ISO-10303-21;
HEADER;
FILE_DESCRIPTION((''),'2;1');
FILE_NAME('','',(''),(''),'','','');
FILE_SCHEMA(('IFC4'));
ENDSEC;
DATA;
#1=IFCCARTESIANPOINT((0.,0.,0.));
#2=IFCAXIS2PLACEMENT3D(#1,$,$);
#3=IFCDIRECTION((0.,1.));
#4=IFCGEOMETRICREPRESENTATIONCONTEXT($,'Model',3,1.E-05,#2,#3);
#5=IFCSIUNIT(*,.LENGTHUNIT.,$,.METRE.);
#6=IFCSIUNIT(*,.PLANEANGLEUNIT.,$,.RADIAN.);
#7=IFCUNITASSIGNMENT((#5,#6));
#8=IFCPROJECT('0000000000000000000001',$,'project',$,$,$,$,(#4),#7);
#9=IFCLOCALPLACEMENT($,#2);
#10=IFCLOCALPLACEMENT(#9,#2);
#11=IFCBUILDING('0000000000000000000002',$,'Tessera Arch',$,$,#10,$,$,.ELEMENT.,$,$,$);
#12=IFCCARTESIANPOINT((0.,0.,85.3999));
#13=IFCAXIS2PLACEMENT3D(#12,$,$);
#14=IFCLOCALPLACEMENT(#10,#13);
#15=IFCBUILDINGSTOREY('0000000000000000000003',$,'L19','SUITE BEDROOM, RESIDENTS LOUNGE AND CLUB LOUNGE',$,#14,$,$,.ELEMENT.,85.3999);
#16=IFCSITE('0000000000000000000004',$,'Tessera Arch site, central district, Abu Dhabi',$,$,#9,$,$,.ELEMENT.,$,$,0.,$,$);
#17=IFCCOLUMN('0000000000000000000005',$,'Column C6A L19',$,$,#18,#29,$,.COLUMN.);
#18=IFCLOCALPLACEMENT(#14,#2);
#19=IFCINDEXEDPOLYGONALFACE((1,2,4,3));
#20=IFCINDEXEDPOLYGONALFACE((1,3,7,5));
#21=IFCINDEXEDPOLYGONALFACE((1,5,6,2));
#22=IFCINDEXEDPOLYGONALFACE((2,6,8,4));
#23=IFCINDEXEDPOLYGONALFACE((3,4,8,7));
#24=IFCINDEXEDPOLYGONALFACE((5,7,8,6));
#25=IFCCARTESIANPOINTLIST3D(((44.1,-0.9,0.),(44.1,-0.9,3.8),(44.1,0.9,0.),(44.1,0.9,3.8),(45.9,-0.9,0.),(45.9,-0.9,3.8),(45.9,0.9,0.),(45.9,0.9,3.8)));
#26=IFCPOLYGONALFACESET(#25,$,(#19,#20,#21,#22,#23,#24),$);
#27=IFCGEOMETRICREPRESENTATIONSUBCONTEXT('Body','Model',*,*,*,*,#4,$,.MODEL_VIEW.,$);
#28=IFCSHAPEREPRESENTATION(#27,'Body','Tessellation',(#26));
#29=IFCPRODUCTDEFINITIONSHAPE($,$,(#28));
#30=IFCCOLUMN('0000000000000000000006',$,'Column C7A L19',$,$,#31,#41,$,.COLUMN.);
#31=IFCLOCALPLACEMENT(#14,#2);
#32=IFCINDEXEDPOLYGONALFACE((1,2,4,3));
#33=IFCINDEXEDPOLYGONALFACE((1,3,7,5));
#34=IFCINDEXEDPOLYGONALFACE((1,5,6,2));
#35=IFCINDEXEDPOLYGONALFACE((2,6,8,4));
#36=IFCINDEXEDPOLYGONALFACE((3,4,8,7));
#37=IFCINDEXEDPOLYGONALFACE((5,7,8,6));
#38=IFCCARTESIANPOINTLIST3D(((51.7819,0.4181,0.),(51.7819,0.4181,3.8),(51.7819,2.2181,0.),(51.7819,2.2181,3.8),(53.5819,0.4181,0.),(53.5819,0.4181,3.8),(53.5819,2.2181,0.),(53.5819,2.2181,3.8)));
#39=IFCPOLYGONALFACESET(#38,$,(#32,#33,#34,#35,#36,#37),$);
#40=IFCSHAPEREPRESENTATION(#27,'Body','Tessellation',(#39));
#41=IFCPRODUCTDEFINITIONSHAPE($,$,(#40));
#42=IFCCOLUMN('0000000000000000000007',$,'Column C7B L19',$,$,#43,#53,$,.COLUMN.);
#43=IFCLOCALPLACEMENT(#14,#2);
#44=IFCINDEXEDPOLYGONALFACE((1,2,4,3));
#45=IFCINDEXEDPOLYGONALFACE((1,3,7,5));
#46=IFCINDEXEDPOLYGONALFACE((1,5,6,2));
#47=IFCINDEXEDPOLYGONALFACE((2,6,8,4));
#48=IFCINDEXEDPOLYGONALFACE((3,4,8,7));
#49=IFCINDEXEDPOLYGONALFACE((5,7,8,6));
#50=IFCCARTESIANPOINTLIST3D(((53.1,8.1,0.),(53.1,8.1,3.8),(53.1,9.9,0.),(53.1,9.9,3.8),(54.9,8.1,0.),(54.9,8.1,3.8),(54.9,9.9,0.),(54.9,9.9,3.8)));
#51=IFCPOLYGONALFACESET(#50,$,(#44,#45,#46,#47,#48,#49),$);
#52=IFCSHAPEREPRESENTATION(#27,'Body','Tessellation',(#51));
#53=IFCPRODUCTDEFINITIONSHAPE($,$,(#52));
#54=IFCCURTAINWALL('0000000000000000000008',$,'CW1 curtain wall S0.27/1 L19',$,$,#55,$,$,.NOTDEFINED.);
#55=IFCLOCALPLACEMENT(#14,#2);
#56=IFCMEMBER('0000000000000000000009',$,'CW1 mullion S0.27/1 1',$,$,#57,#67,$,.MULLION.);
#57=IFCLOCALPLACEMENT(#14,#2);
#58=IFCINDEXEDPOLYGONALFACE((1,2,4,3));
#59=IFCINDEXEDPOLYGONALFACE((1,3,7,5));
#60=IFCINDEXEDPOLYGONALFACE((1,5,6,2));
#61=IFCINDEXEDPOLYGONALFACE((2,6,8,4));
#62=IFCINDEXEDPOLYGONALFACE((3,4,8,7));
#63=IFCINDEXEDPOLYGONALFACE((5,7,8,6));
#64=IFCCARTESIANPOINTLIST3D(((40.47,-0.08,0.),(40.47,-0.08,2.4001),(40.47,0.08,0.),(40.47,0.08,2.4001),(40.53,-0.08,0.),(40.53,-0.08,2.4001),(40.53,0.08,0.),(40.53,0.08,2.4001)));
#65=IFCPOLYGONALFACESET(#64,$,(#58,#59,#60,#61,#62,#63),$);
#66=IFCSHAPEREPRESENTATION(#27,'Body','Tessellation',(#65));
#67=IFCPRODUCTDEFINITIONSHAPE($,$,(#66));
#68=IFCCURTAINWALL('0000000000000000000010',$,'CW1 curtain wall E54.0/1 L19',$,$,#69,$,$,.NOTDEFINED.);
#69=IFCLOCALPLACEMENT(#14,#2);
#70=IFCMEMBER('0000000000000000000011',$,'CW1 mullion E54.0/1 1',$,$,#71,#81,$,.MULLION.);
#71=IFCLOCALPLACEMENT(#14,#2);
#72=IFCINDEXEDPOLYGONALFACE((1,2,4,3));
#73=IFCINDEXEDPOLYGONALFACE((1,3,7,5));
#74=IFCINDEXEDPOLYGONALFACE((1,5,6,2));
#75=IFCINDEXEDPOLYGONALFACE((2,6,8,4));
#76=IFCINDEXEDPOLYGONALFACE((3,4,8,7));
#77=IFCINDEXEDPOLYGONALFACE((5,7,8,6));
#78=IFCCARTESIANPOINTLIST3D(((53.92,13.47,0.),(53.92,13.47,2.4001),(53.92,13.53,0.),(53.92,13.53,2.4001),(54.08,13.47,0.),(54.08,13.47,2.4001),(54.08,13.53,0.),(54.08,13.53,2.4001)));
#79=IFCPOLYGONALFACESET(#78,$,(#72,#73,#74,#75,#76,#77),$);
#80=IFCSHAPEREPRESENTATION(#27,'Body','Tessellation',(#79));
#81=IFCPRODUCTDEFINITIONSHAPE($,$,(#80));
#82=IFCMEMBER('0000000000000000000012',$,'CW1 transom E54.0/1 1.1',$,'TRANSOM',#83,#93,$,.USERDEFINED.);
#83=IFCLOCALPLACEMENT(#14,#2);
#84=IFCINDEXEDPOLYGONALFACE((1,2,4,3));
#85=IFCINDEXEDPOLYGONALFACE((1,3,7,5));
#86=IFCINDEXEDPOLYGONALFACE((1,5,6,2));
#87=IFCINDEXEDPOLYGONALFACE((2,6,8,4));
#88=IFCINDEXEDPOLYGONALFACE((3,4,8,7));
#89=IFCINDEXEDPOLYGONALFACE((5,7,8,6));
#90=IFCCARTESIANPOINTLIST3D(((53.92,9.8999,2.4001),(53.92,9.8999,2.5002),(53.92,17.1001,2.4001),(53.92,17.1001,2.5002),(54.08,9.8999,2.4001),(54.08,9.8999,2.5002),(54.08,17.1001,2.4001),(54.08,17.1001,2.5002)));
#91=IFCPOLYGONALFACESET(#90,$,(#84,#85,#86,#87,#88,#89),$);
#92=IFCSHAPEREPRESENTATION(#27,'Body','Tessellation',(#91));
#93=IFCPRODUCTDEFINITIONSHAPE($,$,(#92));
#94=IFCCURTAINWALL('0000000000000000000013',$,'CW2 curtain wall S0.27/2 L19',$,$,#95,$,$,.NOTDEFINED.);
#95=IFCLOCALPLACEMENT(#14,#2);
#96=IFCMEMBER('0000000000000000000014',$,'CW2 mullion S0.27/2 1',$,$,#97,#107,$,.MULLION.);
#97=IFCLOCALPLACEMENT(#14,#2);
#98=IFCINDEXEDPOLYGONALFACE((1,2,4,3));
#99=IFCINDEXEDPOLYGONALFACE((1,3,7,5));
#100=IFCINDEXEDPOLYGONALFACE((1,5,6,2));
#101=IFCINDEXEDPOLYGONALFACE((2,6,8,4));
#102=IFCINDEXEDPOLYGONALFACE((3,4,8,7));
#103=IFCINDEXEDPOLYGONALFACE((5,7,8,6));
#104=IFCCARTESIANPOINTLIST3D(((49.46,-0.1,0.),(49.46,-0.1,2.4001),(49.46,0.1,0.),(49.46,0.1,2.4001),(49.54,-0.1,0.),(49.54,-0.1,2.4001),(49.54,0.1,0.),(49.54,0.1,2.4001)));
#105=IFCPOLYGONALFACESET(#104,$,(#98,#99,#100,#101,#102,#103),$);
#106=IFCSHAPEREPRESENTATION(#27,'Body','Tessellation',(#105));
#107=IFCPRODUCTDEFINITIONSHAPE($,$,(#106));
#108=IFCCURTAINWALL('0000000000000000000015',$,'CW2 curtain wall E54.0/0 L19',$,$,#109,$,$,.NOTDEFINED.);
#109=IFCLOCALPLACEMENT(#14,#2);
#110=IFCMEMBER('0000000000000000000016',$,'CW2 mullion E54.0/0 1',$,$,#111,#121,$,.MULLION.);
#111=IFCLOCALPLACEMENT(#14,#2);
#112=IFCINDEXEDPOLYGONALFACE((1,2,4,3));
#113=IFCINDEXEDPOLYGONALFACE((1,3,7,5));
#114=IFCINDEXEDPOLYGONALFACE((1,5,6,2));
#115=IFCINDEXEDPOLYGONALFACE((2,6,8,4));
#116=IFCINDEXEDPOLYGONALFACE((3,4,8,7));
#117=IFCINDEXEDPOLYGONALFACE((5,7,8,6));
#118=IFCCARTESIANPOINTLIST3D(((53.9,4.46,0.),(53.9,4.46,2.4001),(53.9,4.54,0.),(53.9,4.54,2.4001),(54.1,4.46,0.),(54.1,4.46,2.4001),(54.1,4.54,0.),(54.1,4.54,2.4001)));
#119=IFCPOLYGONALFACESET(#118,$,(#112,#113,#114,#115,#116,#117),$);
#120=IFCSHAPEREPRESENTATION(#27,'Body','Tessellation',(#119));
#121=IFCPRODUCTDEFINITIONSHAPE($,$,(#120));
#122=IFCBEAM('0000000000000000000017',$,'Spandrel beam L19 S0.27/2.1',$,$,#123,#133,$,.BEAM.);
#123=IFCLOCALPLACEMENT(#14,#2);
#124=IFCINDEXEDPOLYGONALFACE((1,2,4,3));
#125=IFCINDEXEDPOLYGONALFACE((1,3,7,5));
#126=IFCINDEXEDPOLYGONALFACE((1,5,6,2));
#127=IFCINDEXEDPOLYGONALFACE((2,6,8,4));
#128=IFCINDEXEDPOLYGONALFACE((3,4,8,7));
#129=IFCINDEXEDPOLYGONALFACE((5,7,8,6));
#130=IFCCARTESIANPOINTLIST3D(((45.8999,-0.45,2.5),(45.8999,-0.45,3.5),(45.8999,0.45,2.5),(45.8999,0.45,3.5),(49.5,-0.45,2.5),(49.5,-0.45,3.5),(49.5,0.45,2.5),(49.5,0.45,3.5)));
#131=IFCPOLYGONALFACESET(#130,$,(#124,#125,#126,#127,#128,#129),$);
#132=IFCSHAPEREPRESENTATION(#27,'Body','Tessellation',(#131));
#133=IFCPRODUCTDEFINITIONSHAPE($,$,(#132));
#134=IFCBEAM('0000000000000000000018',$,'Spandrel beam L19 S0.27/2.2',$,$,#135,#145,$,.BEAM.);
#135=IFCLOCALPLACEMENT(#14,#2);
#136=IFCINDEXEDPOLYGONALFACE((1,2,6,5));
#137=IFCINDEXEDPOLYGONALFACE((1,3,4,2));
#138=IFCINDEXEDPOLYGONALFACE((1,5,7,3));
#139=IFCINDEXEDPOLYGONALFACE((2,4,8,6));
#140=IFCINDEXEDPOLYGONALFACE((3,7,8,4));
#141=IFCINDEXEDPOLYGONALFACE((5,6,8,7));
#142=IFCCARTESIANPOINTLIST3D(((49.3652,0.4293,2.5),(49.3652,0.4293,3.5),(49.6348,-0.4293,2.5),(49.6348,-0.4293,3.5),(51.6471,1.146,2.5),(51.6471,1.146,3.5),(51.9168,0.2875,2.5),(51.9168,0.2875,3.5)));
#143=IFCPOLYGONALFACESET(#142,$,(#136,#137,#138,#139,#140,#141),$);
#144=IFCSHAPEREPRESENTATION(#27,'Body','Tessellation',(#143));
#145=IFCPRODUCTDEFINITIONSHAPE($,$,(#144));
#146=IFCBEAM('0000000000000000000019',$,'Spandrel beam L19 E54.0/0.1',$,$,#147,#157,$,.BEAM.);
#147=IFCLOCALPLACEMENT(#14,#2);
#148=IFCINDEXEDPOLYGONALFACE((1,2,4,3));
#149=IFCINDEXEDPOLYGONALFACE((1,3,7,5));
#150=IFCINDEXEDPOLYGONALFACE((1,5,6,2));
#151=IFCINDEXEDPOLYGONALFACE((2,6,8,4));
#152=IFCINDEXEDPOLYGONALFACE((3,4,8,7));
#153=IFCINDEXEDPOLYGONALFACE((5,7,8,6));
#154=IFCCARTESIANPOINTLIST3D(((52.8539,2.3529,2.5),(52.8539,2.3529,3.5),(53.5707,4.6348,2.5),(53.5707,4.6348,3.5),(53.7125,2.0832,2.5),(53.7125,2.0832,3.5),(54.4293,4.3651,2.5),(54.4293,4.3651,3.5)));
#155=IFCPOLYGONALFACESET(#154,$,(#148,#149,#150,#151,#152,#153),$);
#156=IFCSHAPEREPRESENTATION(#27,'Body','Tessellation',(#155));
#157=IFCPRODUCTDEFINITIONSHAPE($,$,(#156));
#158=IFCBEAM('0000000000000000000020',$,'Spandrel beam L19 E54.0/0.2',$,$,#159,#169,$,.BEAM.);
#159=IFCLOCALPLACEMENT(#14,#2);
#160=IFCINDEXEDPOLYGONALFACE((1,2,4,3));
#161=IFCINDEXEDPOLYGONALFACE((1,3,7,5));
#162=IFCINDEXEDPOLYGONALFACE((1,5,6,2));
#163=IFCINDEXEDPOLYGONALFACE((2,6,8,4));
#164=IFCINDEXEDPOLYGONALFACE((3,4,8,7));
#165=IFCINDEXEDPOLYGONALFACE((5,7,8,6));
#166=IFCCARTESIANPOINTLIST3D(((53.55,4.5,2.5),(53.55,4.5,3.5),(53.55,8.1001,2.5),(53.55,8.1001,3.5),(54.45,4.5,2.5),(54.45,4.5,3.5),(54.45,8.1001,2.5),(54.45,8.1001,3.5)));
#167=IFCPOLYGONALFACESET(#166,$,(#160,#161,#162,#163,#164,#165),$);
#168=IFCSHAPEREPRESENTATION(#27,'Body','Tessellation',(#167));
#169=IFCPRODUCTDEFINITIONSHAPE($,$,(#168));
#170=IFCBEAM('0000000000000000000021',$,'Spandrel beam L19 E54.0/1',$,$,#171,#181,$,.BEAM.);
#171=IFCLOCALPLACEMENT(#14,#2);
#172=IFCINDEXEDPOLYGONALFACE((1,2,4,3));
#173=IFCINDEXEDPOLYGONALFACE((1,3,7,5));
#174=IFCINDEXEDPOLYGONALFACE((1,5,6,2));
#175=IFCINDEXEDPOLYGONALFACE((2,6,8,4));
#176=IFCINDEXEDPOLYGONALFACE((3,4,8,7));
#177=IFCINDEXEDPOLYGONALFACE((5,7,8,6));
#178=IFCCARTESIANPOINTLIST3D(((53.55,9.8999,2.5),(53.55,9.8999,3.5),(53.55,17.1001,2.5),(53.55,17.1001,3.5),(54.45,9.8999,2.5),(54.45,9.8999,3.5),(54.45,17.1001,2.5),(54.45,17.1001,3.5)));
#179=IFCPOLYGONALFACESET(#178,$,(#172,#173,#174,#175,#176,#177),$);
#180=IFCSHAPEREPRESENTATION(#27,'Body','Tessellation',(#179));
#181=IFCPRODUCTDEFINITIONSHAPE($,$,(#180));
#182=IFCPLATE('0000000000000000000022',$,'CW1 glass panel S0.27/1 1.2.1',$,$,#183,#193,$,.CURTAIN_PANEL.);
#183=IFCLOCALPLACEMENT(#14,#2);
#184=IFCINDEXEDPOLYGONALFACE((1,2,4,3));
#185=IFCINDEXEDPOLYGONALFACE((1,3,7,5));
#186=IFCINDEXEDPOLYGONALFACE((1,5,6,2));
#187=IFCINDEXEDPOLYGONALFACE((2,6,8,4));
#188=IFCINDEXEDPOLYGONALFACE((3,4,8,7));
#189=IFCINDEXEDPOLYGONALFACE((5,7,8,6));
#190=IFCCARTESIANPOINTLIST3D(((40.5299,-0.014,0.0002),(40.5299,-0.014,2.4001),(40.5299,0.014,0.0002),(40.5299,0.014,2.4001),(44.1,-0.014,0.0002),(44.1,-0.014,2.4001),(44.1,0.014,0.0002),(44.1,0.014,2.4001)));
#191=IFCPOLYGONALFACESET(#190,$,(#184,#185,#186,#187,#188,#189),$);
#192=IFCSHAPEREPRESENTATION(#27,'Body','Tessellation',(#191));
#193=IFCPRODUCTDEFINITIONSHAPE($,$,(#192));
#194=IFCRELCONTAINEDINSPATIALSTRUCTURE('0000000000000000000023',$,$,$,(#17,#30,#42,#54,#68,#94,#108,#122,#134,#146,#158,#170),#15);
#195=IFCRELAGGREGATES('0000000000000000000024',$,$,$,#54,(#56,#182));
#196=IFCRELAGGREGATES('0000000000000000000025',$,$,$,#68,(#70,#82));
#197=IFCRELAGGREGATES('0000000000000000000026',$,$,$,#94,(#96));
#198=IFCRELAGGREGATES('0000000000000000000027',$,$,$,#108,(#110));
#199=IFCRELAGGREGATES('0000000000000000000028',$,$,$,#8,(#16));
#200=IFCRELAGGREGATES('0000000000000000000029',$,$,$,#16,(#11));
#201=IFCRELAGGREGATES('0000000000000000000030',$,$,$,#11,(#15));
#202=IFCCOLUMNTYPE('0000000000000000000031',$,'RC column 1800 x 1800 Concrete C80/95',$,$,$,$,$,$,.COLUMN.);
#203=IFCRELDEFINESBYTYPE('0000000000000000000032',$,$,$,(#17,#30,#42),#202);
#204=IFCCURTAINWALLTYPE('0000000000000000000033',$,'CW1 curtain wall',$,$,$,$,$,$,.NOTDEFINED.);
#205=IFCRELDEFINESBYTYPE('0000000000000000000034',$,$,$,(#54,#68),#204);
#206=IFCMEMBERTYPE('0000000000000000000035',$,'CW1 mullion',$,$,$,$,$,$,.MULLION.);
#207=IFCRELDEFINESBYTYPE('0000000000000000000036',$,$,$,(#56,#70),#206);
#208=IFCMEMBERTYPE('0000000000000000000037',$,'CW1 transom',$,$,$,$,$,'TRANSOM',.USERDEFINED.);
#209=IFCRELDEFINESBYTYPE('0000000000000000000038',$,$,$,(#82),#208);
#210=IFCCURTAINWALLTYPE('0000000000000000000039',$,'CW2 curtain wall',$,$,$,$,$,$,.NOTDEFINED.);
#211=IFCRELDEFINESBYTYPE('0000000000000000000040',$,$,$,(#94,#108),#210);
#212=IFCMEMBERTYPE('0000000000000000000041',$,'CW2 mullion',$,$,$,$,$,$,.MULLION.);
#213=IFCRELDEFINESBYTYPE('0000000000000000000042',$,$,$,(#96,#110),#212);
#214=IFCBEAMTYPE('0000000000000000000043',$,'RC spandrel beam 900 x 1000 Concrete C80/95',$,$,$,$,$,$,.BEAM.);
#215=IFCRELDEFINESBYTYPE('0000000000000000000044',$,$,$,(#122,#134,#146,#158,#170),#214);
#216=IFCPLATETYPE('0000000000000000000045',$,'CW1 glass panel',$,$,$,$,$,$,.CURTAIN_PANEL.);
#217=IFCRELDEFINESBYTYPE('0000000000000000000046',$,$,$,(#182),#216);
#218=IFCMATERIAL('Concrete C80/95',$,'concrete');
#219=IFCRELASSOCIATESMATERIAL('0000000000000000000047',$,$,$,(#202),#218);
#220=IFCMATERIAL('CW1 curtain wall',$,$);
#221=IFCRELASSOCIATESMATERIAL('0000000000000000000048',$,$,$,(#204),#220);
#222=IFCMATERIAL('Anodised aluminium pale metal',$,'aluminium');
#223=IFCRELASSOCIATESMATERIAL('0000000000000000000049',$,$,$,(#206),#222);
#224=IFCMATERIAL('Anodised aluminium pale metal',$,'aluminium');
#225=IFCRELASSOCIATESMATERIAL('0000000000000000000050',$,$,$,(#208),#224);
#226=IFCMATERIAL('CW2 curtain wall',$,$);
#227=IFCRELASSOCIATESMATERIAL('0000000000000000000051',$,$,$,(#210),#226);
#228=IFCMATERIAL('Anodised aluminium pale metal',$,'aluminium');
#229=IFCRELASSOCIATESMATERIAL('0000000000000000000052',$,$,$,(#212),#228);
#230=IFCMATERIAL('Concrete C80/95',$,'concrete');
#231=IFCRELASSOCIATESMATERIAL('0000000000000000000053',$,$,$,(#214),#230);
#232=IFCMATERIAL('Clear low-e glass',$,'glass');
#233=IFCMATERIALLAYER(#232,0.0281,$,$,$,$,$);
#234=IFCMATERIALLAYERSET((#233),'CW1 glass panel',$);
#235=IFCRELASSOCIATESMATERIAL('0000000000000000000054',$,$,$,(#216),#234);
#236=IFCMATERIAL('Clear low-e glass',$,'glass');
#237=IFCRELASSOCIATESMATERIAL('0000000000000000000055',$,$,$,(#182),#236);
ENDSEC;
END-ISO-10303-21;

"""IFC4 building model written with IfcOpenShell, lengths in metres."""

from ifc_helpers import new_model, si_unit, direction, frame, origin, origin_2d, place, context, subcontext, project, spatial, rectangle, extrude, material, layer, layer_set, material_profile, profile_set, type_object, element, aggregate, save


model = new_model("IFC4")

# Units and contexts
model_context = context("Model", 3, precision=1e-05, world=origin(), true_north=direction((0.0, 1.0)))
body_context = subcontext(model_context, "Body", "Model", "MODEL_VIEW")
ifc_project = project(units=[si_unit("LENGTHUNIT", "METRE"), si_unit("PLANEANGLEUNIT", "RADIAN")], contexts=[model_context])

# Site, building, storey
site_placement = place(None, origin())
site = spatial("IfcSite", under=ifc_project, at=site_placement, Name="Tessera Arch site, central district, Abu Dhabi", CompositionType="ELEMENT", RefElevation=0.0)
building_placement = place(site_placement, origin())
building = spatial("IfcBuilding", under=site, at=building_placement, Name="Tessera Arch", CompositionType="ELEMENT")
storey_placement = place(building_placement, frame((0.0, 0.0, 85.3999)))
storey = spatial("IfcBuildingStorey", under=building, at=storey_placement, Name="L19", Description="SUITE BEDROOM, RESIDENTS LOUNGE AND CLUB LOUNGE", CompositionType="ELEMENT", Elevation=85.3999)

# Columns
ifc_material_1 = material(Name="Concrete C80/95", Category="concrete")
ifc_material_profile_1 = material_profile(ifc_material_1, rectangle(XDim=1.8, YDim=1.8, at=origin_2d()), Name="RC column 1800 x 1800 Concrete C80/95")
ifc_profile_set_1 = profile_set([ifc_material_profile_1], Name="Concrete C80/95")
column_type = type_object("IfcColumnType", Name="RC column 1800 x 1800 Concrete C80/95", PredefinedType="COLUMN", material=ifc_profile_set_1)
for number, where, z_axis, x_axis, name in (
    (1, (45.0, 0.0, 0.0), (0.0, 0.0, 1.0), (1.0, 0.0, 0.0), "Column C6A L19"),
    (2, (52.6819, 1.3181, 0.0), (0.0, 0.0, 1.0), (1.0, 0.0, 0.0), "Column C7A L19"),
    (3, (54.0, 9.0, 0.0), (0.0, 0.0, 1.0), (1.0, 0.0, 0.0), "Column C7B L19"),
):
    element("IfcColumn", number, at=place(storey_placement, frame(where, z_axis=z_axis, x_axis=x_axis)), inside=storey, type_object=column_type, Name=name, PredefinedType="COLUMN", context=body_context, shape_type="SweptSolid", body=[
        extrude(rectangle(XDim=1.8, YDim=1.8, at=origin_2d()), origin(), (0.0, 0.0, 1.0), 3.8),
    ])

# Curtain wall, member
ifc_material_2 = material(Name="CW1 curtain wall")
curtain_wall_type_1 = type_object("IfcCurtainWallType", Name="CW1 curtain wall", PredefinedType="NOTDEFINED", material=ifc_material_2)
curtain_wall_1_placement = place(storey_placement, origin())
curtain_wall_1 = element("IfcCurtainWall", 4, at=curtain_wall_1_placement, inside=storey, type_object=curtain_wall_type_1, Name="CW1 curtain wall S0.27/1 L19", PredefinedType="NOTDEFINED")
ifc_material_3 = material(Name="Anodised aluminium pale metal", Category="aluminium")
ifc_material_profile_2 = material_profile(ifc_material_3, rectangle(XDim=0.1599, YDim=0.0601, at=origin_2d()), Name="AL 60x160")
ifc_profile_set_2 = profile_set([ifc_material_profile_2], Name="Anodised aluminium pale metal")
member_type_1 = type_object("IfcMemberType", Name="CW1 mullion", PredefinedType="MULLION", material=ifc_profile_set_2)
member_1_placement = place(storey_placement, frame((40.5, 0.0, 0.0), z_axis=(0.0, 0.0, 1.0), x_axis=(0.0, 1.0, 0.0)))
member_1 = element("IfcMember", 5, at=member_1_placement, type_object=member_type_1, Name="CW1 mullion S0.27/1 1", PredefinedType="MULLION", context=body_context, shape_type="SweptSolid", body=[
    extrude(rectangle(XDim=0.1599, YDim=0.0601, at=origin_2d()), origin(), (0.0, 0.0, 1.0), 2.4001),
])

# Curtain wall, members
curtain_wall_2_placement = place(storey_placement, origin())
curtain_wall_2 = element("IfcCurtainWall", 6, at=curtain_wall_2_placement, inside=storey, type_object=curtain_wall_type_1, Name="CW1 curtain wall E54.0/1 L19", PredefinedType="NOTDEFINED")
member_2_placement = place(storey_placement, frame((54.0, 13.5, 0.0), z_axis=(0.0, 0.0, 1.0), x_axis=(-1.0, 0.0, 0.0)))
member_2 = element("IfcMember", 7, at=member_2_placement, type_object=member_type_1, Name="CW1 mullion E54.0/1 1", PredefinedType="MULLION", context=body_context, shape_type="SweptSolid", body=[
    extrude(rectangle(XDim=0.1599, YDim=0.0601, at=origin_2d()), origin(), (0.0, 0.0, 1.0), 2.4001),
])
ifc_material_4 = material(Name="Anodised aluminium pale metal", Category="aluminium")
ifc_material_profile_3 = material_profile(ifc_material_4, rectangle(XDim=0.1599, YDim=0.1001, at=origin_2d()), Name="AL 160x100")
ifc_profile_set_3 = profile_set([ifc_material_profile_3], Name="Anodised aluminium pale metal")
member_type_2 = type_object("IfcMemberType", Name="CW1 transom", ElementType="TRANSOM", PredefinedType="USERDEFINED", material=ifc_profile_set_3)
member_3_placement = place(storey_placement, frame((54.0, 9.8999, 2.4502), z_axis=(0.0, 1.0, 0.0), x_axis=(-1.0, 0.0, 0.0)))
member_3 = element("IfcMember", 8, at=member_3_placement, type_object=member_type_2, Name="CW1 transom E54.0/1 1.1", ObjectType="TRANSOM", PredefinedType="USERDEFINED", context=body_context, shape_type="SweptSolid", body=[
    extrude(rectangle(XDim=0.1599, YDim=0.1001, at=origin_2d()), origin(), (0.0, 0.0, 1.0), 7.2002),
])

# Curtain walls, members
ifc_material_5 = material(Name="CW2 curtain wall")
curtain_wall_type_2 = type_object("IfcCurtainWallType", Name="CW2 curtain wall", PredefinedType="NOTDEFINED", material=ifc_material_5)
curtain_wall_3_placement = place(storey_placement, origin())
curtain_wall_3 = element("IfcCurtainWall", 9, at=curtain_wall_3_placement, inside=storey, type_object=curtain_wall_type_2, Name="CW2 curtain wall S0.27/2 L19", PredefinedType="NOTDEFINED")
ifc_material_6 = material(Name="Anodised aluminium pale metal", Category="aluminium")
ifc_material_profile_4 = material_profile(ifc_material_6, rectangle(XDim=0.2, YDim=0.0801, at=origin_2d()), Name="AL 80x200")
ifc_profile_set_4 = profile_set([ifc_material_profile_4], Name="Anodised aluminium pale metal")
member_type_3 = type_object("IfcMemberType", Name="CW2 mullion", PredefinedType="MULLION", material=ifc_profile_set_4)
member_4_placement = place(storey_placement, frame((49.5, 0.0, 0.0), z_axis=(0.0, 0.0, 1.0), x_axis=(0.0, 1.0, 0.0)))
member_4 = element("IfcMember", 10, at=member_4_placement, type_object=member_type_3, Name="CW2 mullion S0.27/2 1", PredefinedType="MULLION", context=body_context, shape_type="SweptSolid", body=[
    extrude(rectangle(XDim=0.2, YDim=0.0801, at=origin_2d()), origin(), (0.0, 0.0, 1.0), 2.4001),
])
curtain_wall_4_placement = place(storey_placement, origin())
curtain_wall_4 = element("IfcCurtainWall", 11, at=curtain_wall_4_placement, inside=storey, type_object=curtain_wall_type_2, Name="CW2 curtain wall E54.0/0 L19", PredefinedType="NOTDEFINED")
member_5_placement = place(storey_placement, frame((54.0, 4.5, 0.0), z_axis=(0.0, 0.0, 1.0), x_axis=(-1.0, 0.0, 0.0)))
member_5 = element("IfcMember", 12, at=member_5_placement, type_object=member_type_3, Name="CW2 mullion E54.0/0 1", PredefinedType="MULLION", context=body_context, shape_type="SweptSolid", body=[
    extrude(rectangle(XDim=0.2, YDim=0.0801, at=origin_2d()), origin(), (0.0, 0.0, 1.0), 2.4001),
])

# Beams
ifc_material_7 = material(Name="Concrete C80/95", Category="concrete")
ifc_material_profile_5 = material_profile(ifc_material_7, rectangle(XDim=0.8999, YDim=1.0, at=origin_2d()), Name="RC spandrel beam 900 x 1000 Concrete C80/95")
ifc_profile_set_5 = profile_set([ifc_material_profile_5], Name="Concrete C80/95")
beam_type = type_object("IfcBeamType", Name="RC spandrel beam 900 x 1000 Concrete C80/95", PredefinedType="BEAM", material=ifc_profile_set_5)
beam_1_placement = place(storey_placement, frame((45.8999, 0.0, 3.0), z_axis=(1.0, 0.0, 0.0), x_axis=(0.0, 1.0, 0.0)))
element("IfcBeam", 13, at=beam_1_placement, inside=storey, type_object=beam_type, Name="Spandrel beam L19 S0.27/2.1", PredefinedType="BEAM", context=body_context, shape_type="SweptSolid", body=[
    extrude(rectangle(XDim=0.8999, YDim=1.0, at=origin_2d()), origin(), (0.0, 0.0, 1.0), 3.6001),
])
for number, where, z_axis, x_axis, name in (
    (14, (49.5, 0.0, 3.0), (0.954041, 0.299675, 0.0), (-0.299675, 0.954041, 0.0), "Spandrel beam L19 S0.27/2.2"),
    (15, (53.2832, 2.218, 3.0), (0.299675, 0.954041, 0.0), (-0.954041, 0.299675, 0.0), "Spandrel beam L19 E54.0/0.1"),
):
    element("IfcBeam", number, at=place(storey_placement, frame(where, z_axis=z_axis, x_axis=x_axis)), inside=storey, type_object=beam_type, Name=name, PredefinedType="BEAM", context=body_context, shape_type="SweptSolid", body=[
        extrude(rectangle(XDim=0.8999, YDim=1.0, at=origin_2d()), origin(), (0.0, 0.0, 1.0), 2.3918),
    ])
beam_2_placement = place(storey_placement, frame((54.0, 4.5, 3.0), z_axis=(0.0, 1.0, 0.0), x_axis=(-1.0, 0.0, 0.0)))
element("IfcBeam", 16, at=beam_2_placement, inside=storey, type_object=beam_type, Name="Spandrel beam L19 E54.0/0.2", PredefinedType="BEAM", context=body_context, shape_type="SweptSolid", body=[
    extrude(rectangle(XDim=0.8999, YDim=1.0, at=origin_2d()), origin(), (0.0, 0.0, 1.0), 3.6001),
])
beam_3_placement = place(storey_placement, frame((54.0, 9.8999, 3.0), z_axis=(0.0, 1.0, 0.0), x_axis=(-1.0, 0.0, 0.0)))
element("IfcBeam", 17, at=beam_3_placement, inside=storey, type_object=beam_type, Name="Spandrel beam L19 E54.0/1", PredefinedType="BEAM", context=body_context, shape_type="SweptSolid", body=[
    extrude(rectangle(XDim=0.8999, YDim=1.0, at=origin_2d()), origin(), (0.0, 0.0, 1.0), 7.2002),
])

# Plate
ifc_material_8 = material(Name="Clear low-e glass", Category="glass")
ifc_material_9 = material(Name="Clear low-e glass", Category="glass")
ifc_layer_1 = layer(ifc_material_9, 0.0281)
ifc_layer_set_1 = layer_set([ifc_layer_1], Name="CW1 glass panel")
plate_type_1 = type_object("IfcPlateType", Name="CW1 glass panel", PredefinedType="CURTAIN_PANEL", material=ifc_layer_set_1)
plate_1_placement = place(storey_placement, frame((42.3149, 0.0, 0.0002), z_axis=(0.0, 0.0, 1.0), x_axis=(1.0, 0.0, 0.0)))
plate_1 = element("IfcPlate", 18, at=plate_1_placement, type_object=plate_type_1, material=ifc_material_8, Name="CW1 glass panel S0.27/1 1.2.1", PredefinedType="CURTAIN_PANEL", context=body_context, shape_type="SweptSolid", body=[
    extrude(rectangle(XDim=3.5701, YDim=0.0281, at=origin_2d()), origin(), (0.0, 0.0, 1.0), 2.3999),
])
aggregate(curtain_wall_1, [member_1, plate_1])
aggregate(curtain_wall_2, [member_2, member_3])
aggregate(curtain_wall_3, [member_4])
aggregate(curtain_wall_4, [member_5])

save(model, "model.ifc")
